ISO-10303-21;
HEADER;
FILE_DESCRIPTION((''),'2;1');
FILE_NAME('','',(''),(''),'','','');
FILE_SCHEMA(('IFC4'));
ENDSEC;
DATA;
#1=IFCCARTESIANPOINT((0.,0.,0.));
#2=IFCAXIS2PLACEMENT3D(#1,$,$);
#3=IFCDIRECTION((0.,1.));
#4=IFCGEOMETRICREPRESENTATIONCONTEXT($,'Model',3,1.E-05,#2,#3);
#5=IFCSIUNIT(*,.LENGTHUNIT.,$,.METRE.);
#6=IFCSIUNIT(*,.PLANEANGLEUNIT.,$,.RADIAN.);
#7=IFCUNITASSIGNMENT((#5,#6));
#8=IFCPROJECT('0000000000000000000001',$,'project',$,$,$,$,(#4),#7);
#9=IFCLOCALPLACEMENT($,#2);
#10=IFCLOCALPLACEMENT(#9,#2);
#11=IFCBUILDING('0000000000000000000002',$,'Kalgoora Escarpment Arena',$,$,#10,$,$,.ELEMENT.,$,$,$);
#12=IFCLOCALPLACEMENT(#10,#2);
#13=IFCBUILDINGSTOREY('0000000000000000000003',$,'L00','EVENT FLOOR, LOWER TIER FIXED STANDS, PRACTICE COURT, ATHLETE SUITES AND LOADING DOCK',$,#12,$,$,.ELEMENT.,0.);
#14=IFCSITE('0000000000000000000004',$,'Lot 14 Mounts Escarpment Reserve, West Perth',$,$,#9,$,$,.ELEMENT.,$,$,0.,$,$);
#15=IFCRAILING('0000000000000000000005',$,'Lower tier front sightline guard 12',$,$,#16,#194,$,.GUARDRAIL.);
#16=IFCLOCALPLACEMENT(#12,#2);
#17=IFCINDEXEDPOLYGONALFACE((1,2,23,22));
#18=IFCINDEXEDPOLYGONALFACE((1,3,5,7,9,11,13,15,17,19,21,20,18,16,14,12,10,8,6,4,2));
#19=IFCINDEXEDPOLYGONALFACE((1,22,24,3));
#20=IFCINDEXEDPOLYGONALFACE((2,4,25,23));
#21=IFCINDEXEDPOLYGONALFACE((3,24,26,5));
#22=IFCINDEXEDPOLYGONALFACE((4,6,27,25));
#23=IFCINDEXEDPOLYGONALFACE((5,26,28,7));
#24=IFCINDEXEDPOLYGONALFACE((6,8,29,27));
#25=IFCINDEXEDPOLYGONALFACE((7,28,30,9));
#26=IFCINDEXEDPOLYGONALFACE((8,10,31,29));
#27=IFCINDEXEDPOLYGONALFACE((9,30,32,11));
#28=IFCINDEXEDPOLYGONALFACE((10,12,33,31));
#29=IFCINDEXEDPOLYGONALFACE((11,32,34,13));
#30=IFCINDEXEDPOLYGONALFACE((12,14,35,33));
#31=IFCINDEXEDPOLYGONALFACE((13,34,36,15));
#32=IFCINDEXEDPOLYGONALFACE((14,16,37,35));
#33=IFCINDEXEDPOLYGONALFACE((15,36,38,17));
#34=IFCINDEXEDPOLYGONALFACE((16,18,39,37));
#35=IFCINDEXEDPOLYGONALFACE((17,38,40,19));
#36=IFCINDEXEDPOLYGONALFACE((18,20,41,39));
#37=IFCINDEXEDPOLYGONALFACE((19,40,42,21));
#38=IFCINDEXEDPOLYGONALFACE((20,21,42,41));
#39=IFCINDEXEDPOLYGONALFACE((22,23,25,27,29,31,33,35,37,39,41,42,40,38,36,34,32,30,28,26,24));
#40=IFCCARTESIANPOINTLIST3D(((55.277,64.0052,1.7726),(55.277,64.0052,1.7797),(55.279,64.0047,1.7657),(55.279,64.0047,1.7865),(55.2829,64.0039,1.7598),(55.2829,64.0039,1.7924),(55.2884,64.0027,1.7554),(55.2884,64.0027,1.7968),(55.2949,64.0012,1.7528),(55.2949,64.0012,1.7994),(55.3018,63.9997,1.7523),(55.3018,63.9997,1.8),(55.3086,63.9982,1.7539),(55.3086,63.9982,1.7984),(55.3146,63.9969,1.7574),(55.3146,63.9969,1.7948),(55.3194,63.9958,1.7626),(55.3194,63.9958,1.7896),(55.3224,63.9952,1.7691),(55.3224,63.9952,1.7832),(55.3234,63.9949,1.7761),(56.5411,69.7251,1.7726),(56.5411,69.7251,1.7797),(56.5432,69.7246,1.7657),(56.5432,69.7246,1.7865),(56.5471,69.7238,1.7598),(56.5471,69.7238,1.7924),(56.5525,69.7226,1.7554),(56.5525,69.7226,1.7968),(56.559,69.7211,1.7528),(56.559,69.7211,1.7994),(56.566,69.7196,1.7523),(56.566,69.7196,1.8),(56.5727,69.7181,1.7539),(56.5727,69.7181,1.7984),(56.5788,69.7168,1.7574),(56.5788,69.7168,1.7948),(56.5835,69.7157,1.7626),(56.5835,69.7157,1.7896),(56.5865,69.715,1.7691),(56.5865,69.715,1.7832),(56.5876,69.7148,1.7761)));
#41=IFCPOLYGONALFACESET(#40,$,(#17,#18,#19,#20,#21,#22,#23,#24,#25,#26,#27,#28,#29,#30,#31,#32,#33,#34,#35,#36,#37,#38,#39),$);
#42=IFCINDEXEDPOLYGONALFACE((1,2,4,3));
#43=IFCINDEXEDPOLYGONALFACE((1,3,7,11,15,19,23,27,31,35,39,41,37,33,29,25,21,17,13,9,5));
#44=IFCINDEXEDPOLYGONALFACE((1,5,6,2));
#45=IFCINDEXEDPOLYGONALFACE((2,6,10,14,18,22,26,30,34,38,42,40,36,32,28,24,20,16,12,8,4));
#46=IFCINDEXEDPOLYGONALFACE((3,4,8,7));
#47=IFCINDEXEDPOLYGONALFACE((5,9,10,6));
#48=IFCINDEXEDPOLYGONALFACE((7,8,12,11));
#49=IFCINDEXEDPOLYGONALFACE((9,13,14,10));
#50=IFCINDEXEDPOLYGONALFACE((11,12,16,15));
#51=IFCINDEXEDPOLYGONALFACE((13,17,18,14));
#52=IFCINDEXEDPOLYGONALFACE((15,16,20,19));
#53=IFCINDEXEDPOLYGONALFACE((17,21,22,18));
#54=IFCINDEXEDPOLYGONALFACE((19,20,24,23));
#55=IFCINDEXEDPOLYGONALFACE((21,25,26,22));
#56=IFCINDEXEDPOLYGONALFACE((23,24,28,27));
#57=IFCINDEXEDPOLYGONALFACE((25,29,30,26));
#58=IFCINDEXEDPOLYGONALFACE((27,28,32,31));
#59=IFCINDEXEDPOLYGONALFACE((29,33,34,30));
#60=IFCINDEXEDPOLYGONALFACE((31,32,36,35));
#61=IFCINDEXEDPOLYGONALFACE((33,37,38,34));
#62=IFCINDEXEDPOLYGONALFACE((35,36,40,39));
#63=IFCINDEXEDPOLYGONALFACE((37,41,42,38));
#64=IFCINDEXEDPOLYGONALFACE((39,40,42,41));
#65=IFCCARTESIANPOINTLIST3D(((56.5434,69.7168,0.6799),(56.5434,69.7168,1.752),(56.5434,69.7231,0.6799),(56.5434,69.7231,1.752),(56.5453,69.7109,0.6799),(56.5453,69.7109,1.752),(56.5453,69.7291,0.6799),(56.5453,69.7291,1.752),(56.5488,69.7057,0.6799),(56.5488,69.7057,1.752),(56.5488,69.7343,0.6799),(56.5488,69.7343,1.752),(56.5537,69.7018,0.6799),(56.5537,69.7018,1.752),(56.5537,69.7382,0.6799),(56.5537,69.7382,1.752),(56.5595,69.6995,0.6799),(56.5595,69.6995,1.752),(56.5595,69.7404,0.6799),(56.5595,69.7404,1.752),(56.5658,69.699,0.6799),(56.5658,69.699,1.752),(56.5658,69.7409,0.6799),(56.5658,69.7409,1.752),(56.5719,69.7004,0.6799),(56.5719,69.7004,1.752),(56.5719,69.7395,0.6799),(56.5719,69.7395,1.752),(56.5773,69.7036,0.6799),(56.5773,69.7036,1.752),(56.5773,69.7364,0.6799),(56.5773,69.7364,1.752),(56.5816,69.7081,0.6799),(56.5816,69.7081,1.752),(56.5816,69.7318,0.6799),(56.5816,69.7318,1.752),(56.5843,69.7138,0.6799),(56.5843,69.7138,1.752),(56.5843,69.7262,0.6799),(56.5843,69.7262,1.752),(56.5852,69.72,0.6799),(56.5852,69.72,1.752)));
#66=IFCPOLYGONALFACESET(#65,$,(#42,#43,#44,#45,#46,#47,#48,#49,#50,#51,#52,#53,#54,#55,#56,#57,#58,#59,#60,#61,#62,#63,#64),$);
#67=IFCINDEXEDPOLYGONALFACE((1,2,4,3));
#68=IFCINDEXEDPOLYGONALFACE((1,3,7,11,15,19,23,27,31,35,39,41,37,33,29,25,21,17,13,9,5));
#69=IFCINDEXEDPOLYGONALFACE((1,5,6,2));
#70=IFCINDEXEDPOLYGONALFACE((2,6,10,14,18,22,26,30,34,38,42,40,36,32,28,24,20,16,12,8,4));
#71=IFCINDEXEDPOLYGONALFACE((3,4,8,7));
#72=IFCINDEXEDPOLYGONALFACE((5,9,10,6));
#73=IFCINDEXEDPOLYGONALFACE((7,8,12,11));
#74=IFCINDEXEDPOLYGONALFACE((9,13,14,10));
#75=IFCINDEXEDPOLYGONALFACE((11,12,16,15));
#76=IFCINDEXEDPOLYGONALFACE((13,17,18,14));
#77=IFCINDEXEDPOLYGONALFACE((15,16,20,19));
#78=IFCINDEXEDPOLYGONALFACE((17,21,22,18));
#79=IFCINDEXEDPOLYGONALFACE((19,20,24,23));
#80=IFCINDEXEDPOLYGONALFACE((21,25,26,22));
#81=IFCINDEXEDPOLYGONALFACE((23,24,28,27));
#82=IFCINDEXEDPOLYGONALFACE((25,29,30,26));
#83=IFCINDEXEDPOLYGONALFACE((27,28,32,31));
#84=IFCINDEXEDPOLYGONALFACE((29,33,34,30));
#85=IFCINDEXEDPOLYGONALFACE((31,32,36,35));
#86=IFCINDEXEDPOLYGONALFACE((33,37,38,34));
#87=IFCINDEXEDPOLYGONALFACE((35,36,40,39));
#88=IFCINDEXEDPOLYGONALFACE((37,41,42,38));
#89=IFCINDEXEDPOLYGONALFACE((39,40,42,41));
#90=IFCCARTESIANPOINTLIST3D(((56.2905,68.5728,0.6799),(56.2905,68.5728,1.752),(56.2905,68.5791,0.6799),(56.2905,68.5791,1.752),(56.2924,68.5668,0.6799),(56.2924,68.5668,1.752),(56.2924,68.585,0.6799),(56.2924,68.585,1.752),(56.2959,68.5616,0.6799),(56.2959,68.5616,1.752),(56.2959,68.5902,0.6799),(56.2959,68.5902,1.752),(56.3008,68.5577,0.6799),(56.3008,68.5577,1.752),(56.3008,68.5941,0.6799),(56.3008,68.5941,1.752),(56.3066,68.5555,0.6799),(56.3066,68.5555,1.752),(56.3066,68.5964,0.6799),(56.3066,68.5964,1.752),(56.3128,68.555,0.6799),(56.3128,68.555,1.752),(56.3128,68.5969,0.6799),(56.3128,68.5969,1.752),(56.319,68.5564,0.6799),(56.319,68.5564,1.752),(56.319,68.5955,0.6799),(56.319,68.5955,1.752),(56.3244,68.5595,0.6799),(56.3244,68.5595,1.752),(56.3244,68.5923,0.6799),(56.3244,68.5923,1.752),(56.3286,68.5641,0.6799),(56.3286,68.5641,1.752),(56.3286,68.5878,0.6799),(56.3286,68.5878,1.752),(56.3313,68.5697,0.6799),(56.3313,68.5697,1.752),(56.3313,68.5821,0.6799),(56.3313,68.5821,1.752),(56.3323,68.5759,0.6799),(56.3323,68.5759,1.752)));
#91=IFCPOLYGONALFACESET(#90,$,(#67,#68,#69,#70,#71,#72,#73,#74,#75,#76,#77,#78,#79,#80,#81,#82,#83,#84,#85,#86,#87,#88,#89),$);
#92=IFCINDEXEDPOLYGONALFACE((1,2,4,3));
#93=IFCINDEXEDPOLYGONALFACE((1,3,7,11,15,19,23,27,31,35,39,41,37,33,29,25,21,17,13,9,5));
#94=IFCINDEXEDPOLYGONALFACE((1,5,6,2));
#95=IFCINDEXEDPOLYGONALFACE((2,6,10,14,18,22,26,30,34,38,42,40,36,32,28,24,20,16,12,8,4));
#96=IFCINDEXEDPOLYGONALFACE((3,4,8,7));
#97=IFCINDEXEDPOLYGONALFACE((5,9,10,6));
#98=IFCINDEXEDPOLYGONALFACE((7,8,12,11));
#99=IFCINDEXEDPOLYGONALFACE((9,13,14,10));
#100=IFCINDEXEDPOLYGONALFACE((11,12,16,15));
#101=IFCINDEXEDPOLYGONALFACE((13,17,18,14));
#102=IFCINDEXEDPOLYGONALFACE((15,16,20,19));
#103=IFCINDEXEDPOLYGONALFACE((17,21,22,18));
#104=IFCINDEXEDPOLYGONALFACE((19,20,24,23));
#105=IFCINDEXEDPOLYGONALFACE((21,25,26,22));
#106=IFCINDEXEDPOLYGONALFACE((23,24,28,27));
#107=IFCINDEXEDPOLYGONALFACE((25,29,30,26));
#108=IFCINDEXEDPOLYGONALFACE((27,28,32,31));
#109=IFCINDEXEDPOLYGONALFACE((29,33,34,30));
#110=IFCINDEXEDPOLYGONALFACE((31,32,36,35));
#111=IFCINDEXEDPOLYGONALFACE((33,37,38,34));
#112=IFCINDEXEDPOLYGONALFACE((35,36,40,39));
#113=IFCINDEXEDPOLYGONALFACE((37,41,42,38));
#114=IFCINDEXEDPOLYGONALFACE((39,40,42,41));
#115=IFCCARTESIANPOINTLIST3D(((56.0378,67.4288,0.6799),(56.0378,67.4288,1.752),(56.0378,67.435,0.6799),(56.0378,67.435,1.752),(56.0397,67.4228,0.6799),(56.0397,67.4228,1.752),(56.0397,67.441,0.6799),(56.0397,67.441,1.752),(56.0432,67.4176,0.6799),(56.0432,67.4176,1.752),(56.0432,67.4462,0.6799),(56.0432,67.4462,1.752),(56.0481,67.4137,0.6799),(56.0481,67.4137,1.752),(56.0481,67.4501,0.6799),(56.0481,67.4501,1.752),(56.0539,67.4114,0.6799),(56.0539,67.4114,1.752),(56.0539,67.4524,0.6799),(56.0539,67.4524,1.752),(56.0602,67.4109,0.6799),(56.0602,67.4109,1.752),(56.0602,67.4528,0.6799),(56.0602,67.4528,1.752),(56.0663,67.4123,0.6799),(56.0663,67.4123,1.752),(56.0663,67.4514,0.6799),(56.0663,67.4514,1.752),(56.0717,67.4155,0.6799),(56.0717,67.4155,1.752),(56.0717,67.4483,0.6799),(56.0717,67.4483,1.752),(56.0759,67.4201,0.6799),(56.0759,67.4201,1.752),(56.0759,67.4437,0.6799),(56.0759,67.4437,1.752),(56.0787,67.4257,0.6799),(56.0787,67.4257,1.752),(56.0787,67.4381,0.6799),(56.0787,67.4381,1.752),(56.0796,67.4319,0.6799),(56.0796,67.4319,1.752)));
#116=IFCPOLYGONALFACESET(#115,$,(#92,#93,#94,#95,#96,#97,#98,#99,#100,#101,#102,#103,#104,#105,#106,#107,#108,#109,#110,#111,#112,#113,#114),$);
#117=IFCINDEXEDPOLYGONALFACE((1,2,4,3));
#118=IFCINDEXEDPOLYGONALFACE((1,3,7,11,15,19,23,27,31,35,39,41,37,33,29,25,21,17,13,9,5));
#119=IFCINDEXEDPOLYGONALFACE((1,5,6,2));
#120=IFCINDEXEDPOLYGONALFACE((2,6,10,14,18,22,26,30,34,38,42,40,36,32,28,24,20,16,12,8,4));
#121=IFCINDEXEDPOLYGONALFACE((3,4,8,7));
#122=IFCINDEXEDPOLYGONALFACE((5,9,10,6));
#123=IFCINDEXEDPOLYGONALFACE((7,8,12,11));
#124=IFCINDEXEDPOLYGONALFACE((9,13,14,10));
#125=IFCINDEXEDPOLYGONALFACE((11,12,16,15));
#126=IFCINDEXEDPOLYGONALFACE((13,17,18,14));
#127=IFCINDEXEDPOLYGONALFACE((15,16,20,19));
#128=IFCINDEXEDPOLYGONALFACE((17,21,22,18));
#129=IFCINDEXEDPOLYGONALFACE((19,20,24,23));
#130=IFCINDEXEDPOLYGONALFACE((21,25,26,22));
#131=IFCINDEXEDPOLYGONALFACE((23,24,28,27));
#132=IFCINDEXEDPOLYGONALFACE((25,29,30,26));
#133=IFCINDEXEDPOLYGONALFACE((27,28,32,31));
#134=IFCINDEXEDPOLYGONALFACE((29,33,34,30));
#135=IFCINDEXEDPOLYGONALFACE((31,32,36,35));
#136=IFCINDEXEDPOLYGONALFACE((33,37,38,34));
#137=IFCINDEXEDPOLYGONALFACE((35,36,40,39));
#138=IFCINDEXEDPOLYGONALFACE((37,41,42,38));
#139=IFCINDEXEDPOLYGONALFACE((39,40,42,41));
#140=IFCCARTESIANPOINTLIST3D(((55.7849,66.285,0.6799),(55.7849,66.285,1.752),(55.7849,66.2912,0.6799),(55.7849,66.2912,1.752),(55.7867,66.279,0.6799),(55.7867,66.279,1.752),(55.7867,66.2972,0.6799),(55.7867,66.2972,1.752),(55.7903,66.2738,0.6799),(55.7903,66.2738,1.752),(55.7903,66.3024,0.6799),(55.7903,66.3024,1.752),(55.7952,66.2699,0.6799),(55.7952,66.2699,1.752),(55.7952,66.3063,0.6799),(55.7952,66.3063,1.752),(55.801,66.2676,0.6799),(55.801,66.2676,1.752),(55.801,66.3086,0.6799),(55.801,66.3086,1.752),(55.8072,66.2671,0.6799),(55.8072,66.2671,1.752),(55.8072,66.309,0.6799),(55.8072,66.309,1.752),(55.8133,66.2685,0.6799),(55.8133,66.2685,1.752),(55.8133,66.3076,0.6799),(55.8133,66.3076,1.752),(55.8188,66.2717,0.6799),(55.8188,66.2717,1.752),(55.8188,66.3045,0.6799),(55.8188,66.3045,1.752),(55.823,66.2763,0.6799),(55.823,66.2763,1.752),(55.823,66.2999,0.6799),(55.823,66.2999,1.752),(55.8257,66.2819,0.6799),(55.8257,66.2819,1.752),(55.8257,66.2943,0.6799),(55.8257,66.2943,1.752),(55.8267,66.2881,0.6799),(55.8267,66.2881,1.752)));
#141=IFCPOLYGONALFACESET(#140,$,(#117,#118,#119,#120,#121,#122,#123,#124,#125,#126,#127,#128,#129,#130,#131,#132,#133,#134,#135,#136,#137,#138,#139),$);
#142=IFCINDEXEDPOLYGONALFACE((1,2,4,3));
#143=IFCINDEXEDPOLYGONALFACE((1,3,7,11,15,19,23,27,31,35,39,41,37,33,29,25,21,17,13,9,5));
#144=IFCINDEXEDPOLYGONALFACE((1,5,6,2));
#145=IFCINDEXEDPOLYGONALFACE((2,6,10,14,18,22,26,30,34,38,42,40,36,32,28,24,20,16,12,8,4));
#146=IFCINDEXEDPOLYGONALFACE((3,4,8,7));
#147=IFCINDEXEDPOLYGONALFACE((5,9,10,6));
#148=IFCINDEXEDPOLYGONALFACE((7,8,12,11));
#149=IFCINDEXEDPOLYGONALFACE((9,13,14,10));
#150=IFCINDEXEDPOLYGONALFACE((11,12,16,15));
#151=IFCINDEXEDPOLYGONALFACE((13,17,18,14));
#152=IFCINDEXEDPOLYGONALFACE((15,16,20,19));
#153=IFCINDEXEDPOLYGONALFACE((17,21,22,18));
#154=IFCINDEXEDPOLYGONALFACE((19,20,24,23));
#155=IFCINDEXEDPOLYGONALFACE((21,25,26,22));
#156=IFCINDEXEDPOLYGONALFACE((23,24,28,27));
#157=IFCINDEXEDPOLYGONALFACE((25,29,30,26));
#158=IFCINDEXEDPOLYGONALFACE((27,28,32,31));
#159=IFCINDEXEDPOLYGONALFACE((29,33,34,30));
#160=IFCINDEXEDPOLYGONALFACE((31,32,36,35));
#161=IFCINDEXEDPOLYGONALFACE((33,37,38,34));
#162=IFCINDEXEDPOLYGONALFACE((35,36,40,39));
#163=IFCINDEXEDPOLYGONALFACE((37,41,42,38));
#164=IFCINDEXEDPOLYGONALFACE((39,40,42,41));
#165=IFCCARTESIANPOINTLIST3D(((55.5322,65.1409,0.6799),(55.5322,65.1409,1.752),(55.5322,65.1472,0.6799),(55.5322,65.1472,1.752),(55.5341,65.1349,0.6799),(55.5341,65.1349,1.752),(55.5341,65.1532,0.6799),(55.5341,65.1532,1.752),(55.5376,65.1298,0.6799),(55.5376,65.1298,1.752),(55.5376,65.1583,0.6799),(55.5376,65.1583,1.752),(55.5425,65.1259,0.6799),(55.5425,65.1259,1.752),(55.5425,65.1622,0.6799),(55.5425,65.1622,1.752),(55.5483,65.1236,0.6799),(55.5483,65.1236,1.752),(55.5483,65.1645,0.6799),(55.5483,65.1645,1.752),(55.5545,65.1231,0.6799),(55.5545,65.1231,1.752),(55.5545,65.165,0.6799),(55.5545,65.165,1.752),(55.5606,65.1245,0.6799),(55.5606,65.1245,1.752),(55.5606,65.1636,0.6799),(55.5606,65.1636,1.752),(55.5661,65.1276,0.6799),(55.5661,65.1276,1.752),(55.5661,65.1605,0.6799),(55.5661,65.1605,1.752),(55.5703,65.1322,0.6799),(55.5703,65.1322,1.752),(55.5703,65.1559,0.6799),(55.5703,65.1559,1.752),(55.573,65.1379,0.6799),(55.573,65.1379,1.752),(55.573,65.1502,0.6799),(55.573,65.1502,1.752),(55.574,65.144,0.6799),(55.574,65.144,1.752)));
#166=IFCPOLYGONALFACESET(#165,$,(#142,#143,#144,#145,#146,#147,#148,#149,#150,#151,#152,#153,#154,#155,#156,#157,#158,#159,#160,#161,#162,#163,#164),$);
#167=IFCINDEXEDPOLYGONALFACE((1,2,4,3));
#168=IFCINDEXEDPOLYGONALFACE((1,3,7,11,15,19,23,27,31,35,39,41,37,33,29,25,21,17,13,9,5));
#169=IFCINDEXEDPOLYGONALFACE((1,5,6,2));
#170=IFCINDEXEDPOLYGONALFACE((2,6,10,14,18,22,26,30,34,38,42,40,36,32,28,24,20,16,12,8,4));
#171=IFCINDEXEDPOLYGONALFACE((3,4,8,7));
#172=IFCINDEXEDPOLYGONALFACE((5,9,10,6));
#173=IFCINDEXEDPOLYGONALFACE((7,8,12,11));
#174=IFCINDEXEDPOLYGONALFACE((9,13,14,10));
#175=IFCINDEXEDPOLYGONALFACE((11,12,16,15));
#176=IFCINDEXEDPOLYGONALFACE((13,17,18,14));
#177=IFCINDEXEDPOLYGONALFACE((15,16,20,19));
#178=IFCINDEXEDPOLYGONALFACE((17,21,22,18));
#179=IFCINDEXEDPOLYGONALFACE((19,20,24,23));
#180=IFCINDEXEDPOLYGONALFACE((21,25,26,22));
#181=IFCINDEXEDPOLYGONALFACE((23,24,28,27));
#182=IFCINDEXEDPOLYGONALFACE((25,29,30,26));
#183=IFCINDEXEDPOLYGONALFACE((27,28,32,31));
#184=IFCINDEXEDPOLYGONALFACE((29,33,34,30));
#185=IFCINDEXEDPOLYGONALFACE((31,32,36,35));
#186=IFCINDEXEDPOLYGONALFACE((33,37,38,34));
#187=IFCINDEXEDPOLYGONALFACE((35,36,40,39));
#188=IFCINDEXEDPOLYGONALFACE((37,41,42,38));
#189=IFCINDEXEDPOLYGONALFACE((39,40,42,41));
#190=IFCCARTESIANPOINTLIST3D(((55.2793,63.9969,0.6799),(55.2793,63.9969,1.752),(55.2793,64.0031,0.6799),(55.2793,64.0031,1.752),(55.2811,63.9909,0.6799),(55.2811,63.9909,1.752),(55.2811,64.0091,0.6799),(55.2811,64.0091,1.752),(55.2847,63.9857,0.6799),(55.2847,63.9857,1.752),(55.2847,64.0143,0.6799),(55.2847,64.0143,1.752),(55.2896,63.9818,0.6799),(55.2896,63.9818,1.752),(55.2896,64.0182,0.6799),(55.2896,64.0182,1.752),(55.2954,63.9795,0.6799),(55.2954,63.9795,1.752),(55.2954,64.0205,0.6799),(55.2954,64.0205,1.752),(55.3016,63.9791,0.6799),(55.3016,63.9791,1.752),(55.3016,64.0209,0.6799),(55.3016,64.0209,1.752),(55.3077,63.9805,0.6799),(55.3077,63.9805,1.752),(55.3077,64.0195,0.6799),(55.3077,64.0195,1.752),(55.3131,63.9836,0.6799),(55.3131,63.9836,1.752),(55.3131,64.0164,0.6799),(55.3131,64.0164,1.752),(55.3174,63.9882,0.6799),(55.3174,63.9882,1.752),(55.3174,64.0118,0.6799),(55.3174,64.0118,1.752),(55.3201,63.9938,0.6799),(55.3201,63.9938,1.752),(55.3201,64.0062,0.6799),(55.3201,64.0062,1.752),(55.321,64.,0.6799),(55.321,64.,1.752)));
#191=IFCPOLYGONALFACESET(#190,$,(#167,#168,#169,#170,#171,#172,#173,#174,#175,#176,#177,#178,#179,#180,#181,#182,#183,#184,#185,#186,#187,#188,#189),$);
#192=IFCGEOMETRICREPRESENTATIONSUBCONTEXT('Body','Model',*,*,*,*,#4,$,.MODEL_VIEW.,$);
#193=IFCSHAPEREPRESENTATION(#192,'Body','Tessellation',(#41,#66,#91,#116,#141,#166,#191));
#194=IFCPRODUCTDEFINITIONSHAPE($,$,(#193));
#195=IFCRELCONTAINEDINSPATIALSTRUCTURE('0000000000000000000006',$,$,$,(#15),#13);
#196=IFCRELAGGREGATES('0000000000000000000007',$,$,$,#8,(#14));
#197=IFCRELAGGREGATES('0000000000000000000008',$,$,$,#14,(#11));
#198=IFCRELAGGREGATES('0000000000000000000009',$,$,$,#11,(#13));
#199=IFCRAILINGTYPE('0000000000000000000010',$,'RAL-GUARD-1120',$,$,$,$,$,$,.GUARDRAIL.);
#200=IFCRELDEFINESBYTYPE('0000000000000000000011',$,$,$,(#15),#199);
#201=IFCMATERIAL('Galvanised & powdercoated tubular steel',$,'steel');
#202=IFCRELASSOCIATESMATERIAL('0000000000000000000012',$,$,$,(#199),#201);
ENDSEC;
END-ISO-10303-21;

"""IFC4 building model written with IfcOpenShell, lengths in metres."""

from ifc_helpers import new_model, si_unit, direction, frame, origin, origin_2d, place, context, subcontext, project, spatial, circle, extrude, material, type_object, element, save


model = new_model("IFC4")

# Units and contexts
model_context = context("Model", 3, precision=1e-05, world=origin(), true_north=direction((0.0, 1.0)))
body_context = subcontext(model_context, "Body", "Model", "MODEL_VIEW")
ifc_project = project(units=[si_unit("LENGTHUNIT", "METRE"), si_unit("PLANEANGLEUNIT", "RADIAN")], contexts=[model_context])

# Site, building, storey
site_placement = place(None, origin())
site = spatial("IfcSite", under=ifc_project, at=site_placement, Name="Lot 14 Mounts Escarpment Reserve, West Perth", CompositionType="ELEMENT", RefElevation=0.0)
building_placement = place(site_placement, origin())
building = spatial("IfcBuilding", under=site, at=building_placement, Name="Kalgoora Escarpment Arena", CompositionType="ELEMENT")
storey_placement = place(building_placement, origin())
storey = spatial("IfcBuildingStorey", under=building, at=storey_placement, Name="L00", Description="EVENT FLOOR, LOWER TIER FIXED STANDS, PRACTICE COURT, ATHLETE SUITES AND LOADING DOCK", CompositionType="ELEMENT", Elevation=0.0)

# Railing
ifc_material_1 = material(Name="Galvanised & powdercoated tubular steel", Category="steel")
railing_type = type_object("IfcRailingType", Name="RAL-GUARD-1120", PredefinedType="GUARDRAIL", material=ifc_material_1)
railing_1_placement = place(storey_placement, frame((56.5642, 69.72, 0.6799)))
element("IfcRailing", 1, at=railing_1_placement, inside=storey, type_object=railing_type, Name="Lower tier front sightline guard 12", PredefinedType="GUARDRAIL", context=body_context, shape_type="SweptSolid", body=[
    extrude(circle(Radius=0.0239, at=origin_2d()), frame((0.0, 0.0, 1.0962), z_axis=(-0.215801, -0.976437, 0.0), x_axis=(0.976437, -0.215801, 0.0)), (0.0, 0.0, 1.0), 5.8579),
    extrude(circle(Radius=0.021, at=origin_2d()), origin(), (0.0, 0.0, 1.0), 1.072),
    extrude(circle(Radius=0.021, at=origin_2d()), frame((-0.2529, -1.144, 0.0)), (0.0, 0.0, 1.0), 1.072),
    extrude(circle(Radius=0.021, at=origin_2d()), frame((-0.5056, -2.2881, 0.0)), (0.0, 0.0, 1.0), 1.072),
    extrude(circle(Radius=0.021, at=origin_2d()), frame((-0.7585, -3.4319, 0.0)), (0.0, 0.0, 1.0), 1.072),
    extrude(circle(Radius=0.021, at=origin_2d()), frame((-1.0112, -4.5759, 0.0)), (0.0, 0.0, 1.0), 1.072),
    extrude(circle(Radius=0.021, at=origin_2d()), frame((-1.2642, -5.72, 0.0)), (0.0, 0.0, 1.0), 1.072),
])

save(model, "model.ifc")
